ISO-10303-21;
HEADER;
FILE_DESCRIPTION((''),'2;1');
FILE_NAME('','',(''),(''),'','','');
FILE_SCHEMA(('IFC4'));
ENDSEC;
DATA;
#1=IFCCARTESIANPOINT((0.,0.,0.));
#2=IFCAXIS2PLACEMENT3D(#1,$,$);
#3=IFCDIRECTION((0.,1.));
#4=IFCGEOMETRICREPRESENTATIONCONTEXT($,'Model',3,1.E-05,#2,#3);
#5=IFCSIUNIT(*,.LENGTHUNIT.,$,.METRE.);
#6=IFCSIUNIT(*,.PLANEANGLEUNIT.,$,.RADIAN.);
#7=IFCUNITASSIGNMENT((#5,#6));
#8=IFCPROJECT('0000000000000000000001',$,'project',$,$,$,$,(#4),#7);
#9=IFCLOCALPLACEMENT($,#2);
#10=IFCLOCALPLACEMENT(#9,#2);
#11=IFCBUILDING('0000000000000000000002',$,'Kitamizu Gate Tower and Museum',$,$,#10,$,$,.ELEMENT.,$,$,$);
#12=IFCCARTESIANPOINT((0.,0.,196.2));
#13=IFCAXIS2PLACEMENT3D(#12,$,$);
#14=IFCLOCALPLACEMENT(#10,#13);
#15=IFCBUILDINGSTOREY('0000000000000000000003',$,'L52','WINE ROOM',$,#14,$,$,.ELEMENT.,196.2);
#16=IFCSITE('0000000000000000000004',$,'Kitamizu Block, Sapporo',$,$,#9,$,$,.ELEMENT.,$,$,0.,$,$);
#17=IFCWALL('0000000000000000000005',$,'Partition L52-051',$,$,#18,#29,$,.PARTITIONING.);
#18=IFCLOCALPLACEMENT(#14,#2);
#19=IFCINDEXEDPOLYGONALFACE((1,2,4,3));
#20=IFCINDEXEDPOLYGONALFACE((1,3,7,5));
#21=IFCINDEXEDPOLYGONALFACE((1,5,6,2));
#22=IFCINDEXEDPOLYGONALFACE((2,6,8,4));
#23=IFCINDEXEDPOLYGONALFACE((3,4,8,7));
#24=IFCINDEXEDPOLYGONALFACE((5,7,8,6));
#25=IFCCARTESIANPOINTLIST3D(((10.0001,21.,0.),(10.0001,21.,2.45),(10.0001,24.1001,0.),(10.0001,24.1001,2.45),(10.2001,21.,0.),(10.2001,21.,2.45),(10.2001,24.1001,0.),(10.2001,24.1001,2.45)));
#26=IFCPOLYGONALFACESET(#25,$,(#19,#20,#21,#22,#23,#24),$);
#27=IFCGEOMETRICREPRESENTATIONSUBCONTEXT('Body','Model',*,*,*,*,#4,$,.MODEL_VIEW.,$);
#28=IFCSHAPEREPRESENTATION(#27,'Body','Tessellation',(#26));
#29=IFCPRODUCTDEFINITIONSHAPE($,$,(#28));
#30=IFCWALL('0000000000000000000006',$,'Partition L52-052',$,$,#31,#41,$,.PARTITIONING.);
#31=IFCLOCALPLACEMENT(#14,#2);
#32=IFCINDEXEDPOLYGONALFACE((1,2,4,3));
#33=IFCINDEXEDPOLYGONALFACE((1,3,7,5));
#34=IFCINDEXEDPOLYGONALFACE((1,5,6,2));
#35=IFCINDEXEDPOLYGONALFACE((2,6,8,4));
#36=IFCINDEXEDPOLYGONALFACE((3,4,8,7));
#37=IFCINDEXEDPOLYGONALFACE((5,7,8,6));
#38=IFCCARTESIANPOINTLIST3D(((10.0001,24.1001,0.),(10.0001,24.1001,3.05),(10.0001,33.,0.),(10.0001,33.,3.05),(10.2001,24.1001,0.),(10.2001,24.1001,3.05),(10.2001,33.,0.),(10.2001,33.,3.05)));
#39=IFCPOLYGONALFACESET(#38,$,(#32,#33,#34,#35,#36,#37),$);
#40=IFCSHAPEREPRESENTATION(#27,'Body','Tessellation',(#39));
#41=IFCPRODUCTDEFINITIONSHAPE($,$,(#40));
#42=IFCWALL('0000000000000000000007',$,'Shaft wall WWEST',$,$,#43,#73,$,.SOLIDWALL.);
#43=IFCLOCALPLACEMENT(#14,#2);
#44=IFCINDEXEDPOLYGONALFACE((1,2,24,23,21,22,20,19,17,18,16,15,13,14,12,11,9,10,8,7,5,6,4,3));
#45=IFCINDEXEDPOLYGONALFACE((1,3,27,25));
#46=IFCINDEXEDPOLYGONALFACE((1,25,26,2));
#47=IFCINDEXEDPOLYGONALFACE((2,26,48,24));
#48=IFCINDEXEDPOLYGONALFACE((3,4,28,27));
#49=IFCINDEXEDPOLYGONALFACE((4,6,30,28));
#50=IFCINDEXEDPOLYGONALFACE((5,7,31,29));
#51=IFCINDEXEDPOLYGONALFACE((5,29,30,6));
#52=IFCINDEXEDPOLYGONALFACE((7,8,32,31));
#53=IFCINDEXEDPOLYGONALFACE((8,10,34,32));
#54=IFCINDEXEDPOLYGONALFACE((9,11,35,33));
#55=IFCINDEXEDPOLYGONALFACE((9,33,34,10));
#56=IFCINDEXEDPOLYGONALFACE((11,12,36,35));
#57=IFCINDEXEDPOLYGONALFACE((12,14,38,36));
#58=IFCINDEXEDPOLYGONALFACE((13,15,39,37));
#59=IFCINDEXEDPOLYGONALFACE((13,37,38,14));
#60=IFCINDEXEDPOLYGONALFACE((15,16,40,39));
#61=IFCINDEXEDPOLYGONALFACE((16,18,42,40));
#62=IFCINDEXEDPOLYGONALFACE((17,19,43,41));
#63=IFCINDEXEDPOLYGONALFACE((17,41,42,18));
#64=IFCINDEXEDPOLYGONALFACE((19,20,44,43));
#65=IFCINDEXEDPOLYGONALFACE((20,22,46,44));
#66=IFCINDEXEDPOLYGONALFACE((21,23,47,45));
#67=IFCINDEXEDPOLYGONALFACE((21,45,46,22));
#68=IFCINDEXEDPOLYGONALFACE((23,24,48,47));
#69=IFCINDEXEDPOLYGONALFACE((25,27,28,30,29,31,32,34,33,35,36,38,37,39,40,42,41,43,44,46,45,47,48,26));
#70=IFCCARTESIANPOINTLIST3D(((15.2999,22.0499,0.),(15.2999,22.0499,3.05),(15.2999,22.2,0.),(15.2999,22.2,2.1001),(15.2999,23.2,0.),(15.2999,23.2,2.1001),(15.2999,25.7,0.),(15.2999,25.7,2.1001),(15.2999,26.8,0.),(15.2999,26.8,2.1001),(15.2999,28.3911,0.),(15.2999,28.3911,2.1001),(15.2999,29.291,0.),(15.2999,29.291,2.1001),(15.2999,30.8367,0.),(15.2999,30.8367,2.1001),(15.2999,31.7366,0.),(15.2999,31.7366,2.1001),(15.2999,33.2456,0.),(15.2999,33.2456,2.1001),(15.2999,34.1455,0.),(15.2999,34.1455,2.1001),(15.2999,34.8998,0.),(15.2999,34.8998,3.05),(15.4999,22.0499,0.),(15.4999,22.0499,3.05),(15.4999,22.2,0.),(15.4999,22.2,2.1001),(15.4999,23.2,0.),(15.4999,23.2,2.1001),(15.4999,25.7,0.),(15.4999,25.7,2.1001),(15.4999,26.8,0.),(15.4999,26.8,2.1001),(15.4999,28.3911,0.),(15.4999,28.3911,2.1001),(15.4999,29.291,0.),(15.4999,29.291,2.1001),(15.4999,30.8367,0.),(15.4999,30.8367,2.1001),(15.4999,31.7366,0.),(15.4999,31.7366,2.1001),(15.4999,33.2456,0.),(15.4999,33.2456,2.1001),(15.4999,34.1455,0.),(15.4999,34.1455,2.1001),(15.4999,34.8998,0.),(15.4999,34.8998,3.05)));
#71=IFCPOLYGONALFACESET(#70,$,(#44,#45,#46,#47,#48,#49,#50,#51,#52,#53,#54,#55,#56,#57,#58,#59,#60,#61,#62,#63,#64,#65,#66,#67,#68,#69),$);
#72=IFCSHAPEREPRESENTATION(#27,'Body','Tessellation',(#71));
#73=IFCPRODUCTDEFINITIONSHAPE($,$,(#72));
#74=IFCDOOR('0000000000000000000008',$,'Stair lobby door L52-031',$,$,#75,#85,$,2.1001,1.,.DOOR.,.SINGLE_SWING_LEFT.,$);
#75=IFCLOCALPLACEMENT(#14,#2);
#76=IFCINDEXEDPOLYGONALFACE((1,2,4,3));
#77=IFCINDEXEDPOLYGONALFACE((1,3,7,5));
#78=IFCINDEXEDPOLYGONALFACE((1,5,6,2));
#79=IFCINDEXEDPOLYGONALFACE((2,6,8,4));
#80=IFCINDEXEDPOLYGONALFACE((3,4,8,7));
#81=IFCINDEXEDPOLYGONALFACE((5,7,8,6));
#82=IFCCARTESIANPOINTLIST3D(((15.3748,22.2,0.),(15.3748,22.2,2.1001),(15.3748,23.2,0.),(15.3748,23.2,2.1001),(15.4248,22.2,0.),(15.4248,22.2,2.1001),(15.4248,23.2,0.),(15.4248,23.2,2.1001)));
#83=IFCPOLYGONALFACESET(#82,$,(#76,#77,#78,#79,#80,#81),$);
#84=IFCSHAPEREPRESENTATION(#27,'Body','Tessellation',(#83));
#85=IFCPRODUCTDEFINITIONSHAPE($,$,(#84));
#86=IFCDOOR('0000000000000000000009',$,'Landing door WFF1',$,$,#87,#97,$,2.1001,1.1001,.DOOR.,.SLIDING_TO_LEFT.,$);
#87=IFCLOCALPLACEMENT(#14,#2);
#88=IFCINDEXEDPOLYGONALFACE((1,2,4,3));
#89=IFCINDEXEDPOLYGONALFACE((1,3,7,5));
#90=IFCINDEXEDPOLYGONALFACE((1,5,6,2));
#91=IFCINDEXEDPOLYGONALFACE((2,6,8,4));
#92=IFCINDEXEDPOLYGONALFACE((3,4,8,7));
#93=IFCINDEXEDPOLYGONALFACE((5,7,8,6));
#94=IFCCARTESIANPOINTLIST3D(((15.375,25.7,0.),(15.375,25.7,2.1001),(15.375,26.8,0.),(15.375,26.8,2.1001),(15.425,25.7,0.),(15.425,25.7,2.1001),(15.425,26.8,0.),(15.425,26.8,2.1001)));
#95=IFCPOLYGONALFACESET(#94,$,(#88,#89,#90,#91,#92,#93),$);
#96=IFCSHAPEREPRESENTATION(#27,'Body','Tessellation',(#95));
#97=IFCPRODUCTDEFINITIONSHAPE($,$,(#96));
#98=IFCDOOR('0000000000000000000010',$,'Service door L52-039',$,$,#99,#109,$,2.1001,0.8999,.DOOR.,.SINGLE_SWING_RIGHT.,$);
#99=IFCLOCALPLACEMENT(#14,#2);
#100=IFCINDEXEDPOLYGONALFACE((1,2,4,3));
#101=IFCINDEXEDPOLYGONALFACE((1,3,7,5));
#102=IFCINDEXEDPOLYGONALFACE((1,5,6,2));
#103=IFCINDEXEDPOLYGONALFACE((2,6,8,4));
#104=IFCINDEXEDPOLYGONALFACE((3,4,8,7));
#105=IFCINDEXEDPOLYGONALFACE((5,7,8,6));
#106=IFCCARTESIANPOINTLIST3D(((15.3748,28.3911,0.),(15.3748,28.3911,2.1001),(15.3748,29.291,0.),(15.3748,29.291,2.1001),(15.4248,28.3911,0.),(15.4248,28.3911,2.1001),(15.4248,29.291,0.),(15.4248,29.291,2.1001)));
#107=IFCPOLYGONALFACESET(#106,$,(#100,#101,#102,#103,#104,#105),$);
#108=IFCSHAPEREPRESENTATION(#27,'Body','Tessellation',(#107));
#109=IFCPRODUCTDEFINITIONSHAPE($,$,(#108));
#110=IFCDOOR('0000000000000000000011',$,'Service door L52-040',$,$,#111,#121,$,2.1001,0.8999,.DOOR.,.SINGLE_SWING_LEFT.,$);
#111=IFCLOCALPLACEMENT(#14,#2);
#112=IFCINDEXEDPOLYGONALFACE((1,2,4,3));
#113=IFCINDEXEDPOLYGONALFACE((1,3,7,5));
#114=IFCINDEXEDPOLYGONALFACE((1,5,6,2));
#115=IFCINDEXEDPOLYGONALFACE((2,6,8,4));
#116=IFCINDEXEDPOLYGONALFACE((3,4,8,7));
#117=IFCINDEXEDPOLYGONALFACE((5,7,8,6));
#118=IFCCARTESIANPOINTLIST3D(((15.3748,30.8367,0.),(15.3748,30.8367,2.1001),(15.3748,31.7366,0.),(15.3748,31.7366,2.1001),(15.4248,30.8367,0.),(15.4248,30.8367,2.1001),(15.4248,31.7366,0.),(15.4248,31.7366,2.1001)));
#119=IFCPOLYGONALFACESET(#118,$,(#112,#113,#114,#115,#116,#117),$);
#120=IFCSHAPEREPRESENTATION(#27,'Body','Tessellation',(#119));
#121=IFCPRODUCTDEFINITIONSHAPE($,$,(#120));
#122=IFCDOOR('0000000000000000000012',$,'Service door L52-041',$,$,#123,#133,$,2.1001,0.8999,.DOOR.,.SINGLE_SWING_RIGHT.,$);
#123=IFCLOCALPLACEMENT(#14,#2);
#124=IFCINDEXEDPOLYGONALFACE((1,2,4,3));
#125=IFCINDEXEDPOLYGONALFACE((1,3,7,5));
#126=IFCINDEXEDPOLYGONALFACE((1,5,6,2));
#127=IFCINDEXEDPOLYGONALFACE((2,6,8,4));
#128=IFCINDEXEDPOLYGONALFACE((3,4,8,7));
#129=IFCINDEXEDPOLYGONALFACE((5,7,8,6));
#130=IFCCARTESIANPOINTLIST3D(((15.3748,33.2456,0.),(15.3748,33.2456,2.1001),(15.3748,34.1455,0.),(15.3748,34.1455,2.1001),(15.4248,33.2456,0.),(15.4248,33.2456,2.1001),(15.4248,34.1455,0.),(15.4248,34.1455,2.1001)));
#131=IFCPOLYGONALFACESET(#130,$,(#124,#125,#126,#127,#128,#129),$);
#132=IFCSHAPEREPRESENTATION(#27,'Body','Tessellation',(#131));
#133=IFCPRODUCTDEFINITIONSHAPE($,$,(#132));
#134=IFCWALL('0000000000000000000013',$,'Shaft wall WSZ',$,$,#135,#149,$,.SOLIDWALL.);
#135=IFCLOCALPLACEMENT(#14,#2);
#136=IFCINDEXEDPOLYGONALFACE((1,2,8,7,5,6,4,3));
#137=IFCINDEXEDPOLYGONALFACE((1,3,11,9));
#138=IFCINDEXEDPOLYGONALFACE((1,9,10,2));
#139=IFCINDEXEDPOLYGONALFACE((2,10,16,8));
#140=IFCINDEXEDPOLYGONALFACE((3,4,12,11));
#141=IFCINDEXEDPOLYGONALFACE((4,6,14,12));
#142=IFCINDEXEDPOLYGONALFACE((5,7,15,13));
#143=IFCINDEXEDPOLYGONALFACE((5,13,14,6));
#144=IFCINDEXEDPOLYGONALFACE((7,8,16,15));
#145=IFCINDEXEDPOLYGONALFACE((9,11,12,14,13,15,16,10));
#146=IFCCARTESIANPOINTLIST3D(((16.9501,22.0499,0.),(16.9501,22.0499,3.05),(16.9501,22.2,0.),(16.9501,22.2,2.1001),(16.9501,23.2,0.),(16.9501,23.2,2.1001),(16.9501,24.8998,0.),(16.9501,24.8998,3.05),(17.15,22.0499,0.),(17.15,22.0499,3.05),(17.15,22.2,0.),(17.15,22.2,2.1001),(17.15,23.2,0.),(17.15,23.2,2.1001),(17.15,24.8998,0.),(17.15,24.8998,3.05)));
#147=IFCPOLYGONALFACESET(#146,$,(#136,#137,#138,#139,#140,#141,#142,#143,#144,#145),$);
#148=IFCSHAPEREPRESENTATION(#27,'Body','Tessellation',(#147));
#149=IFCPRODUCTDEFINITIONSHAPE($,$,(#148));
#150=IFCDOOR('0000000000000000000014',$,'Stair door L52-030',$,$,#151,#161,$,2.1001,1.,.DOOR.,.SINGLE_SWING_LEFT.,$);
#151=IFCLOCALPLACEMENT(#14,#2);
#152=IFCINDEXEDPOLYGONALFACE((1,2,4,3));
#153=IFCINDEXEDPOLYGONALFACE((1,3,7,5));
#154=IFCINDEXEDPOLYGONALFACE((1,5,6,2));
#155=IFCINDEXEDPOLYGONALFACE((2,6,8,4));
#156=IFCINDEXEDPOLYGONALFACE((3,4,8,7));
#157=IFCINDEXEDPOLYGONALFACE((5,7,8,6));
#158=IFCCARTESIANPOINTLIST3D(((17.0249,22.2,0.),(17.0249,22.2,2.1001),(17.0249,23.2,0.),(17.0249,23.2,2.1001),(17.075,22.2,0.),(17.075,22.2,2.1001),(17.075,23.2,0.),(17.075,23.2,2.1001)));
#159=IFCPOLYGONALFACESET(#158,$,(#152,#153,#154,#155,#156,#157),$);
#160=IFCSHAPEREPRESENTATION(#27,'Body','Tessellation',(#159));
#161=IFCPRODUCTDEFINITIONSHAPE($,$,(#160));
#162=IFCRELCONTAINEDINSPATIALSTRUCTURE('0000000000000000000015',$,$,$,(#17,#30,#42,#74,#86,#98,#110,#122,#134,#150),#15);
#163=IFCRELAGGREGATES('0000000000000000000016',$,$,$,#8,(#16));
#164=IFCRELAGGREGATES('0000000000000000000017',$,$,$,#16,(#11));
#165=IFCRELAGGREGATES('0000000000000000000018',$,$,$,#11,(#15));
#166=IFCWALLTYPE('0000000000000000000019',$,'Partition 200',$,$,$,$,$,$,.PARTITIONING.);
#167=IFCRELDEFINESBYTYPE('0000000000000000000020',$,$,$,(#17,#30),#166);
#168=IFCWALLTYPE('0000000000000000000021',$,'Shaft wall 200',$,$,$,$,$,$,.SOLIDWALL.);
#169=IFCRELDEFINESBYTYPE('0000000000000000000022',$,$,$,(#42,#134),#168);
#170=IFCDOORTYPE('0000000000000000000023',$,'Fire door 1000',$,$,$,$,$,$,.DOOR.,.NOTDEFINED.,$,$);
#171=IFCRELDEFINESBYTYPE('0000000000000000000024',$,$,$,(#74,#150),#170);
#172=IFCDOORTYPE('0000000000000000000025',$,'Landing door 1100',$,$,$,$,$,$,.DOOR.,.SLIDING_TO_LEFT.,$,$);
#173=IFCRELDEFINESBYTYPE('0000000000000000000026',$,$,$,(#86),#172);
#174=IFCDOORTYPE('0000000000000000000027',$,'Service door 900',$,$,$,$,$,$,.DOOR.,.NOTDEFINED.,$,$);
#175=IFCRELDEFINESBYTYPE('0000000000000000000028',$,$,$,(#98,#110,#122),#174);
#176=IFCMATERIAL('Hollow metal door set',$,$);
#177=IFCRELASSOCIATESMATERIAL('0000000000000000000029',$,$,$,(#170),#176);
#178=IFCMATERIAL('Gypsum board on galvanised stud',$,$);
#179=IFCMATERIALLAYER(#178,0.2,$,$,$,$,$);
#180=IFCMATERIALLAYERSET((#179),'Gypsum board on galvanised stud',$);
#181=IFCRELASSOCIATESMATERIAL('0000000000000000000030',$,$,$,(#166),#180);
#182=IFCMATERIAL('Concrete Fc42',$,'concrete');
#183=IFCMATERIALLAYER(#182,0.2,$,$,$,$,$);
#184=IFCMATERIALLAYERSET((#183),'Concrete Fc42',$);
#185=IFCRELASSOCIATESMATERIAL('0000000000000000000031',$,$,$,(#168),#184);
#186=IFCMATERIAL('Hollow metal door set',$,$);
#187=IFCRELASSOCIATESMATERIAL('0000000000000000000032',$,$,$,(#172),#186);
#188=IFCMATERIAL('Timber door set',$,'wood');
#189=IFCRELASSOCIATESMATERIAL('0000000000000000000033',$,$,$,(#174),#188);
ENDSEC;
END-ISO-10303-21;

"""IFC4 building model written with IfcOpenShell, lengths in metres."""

from ifc_helpers import new_model, si_unit, direction, frame, frame_2d, origin, place, context, subcontext, project, spatial, rectangle, extrude, material, layer, layer_set, type_object, element, fill, save


model = new_model("IFC4")

# Units and contexts
model_context = context("Model", 3, precision=1e-05, world=origin(), true_north=direction((0.0, 1.0)))
body_context = subcontext(model_context, "Body", "Model", "MODEL_VIEW")
ifc_project = project(units=[si_unit("LENGTHUNIT", "METRE"), si_unit("PLANEANGLEUNIT", "RADIAN")], contexts=[model_context])

# Site, building, storey
site_placement = place(None, origin())
site = spatial("IfcSite", under=ifc_project, at=site_placement, Name="Kitamizu Block, Sapporo", CompositionType="ELEMENT", RefElevation=0.0)
building_placement = place(site_placement, origin())
building = spatial("IfcBuilding", under=site, at=building_placement, Name="Kitamizu Gate Tower and Museum", CompositionType="ELEMENT")
storey_placement = place(building_placement, frame((0.0, 0.0, 196.2)))
storey = spatial("IfcBuildingStorey", under=building, at=storey_placement, Name="L52", Description="WINE ROOM", CompositionType="ELEMENT", Elevation=196.2)

# Shared definitions
ifc_material_1 = material(Name="Hollow metal door set")
door_type_1 = type_object("IfcDoorType", Name="Fire door 1000", OperationType="NOTDEFINED", PredefinedType="DOOR", material=ifc_material_1)

# Walls
ifc_material_2 = material(Name="Gypsum board on galvanised stud")
ifc_layer_1 = layer(ifc_material_2, 0.2)
ifc_layer_set_1 = layer_set([ifc_layer_1], Name="Gypsum board on galvanised stud")
wall_type_1 = type_object("IfcWallType", Name="Partition 200", PredefinedType="PARTITIONING", material=ifc_layer_set_1)
wall_1_placement = place(storey_placement, frame((10.1001, 21.0, 0.0), z_axis=(0.0, 0.0, 1.0), x_axis=(0.0, 1.0, 0.0)))
element("IfcWall", 1, at=wall_1_placement, inside=storey, type_object=wall_type_1, Name="Partition L52-051", PredefinedType="PARTITIONING", context=body_context, shape_type="SweptSolid", body=[
    extrude(rectangle(XDim=3.1001, YDim=0.2, at=frame_2d((1.55, 0.0))), origin(), (0.0, 0.0, 1.0), 2.45),
])
wall_2_placement = place(storey_placement, frame((10.1001, 24.1001, 0.0), z_axis=(0.0, 0.0, 1.0), x_axis=(0.0, 1.0, 0.0)))
element("IfcWall", 2, at=wall_2_placement, inside=storey, type_object=wall_type_1, Name="Partition L52-052", PredefinedType="PARTITIONING", context=body_context, shape_type="SweptSolid", body=[
    extrude(rectangle(XDim=8.8999, YDim=0.2, at=frame_2d((4.45, 0.0))), origin(), (0.0, 0.0, 1.0), 3.05),
])

# Wall, openings, doors
ifc_material_3 = material(Name="Concrete Fc42", Category="concrete")
ifc_layer_2 = layer(ifc_material_3, 0.2)
ifc_layer_set_2 = layer_set([ifc_layer_2], Name="Concrete Fc42")
wall_type_2 = type_object("IfcWallType", Name="Shaft wall 200", PredefinedType="SOLIDWALL", material=ifc_layer_set_2)
wall_3_placement = place(storey_placement, frame((15.3999, 22.05, 0.0), z_axis=(0.0, 0.0, 1.0), x_axis=(0.0, 1.0, 0.0)))
wall_3 = element("IfcWall", 3, at=wall_3_placement, inside=storey, type_object=wall_type_2, Name="Shaft wall WWEST", PredefinedType="SOLIDWALL", context=body_context, shape_type="SweptSolid", body=[
    extrude(rectangle(XDim=12.8499, YDim=0.2, at=frame_2d((6.4248, 0.0))), origin(), (0.0, 0.0, 1.0), 3.05),
])
opening_1_placement = place(wall_3_placement, frame((3.6499, 0.0, 0.0)))
opening_1 = element("IfcOpeningElement", 4, at=opening_1_placement, cuts=wall_3, PredefinedType="OPENING", context=body_context, shape_type="SweptSolid", body=[
    extrude(rectangle(XDim=1.1001, YDim=2.1001, at=frame_2d((0.55, 1.05))), frame((0.0, 0.1099, 0.0), z_axis=(0.0, -1.0, 0.0), x_axis=(1.0, 0.0, 0.0)), (0.0, 0.0, 1.0), 0.22),
])
opening_2_placement = place(wall_3_placement, frame((0.1499, 0.0, 0.0)))
opening_2 = element("IfcOpeningElement", 5, at=opening_2_placement, cuts=wall_3, PredefinedType="OPENING", context=body_context, shape_type="SweptSolid", body=[
    extrude(rectangle(XDim=1.0, YDim=2.1001, at=frame_2d((0.5, 1.05))), frame((0.0, 0.1099, 0.0), z_axis=(0.0, -1.0, 0.0), x_axis=(1.0, 0.0, 0.0)), (0.0, 0.0, 1.0), 0.22),
])
opening_3_placement = place(wall_3_placement, frame((6.3411, 0.0, 0.0)))
opening_3 = element("IfcOpeningElement", 6, at=opening_3_placement, cuts=wall_3, PredefinedType="OPENING", context=body_context, shape_type="SweptSolid", body=[
    extrude(rectangle(XDim=0.8999, YDim=2.1001, at=frame_2d((0.45, 1.05))), frame((0.0, 0.1099, 0.0), z_axis=(0.0, -1.0, 0.0), x_axis=(1.0, 0.0, 0.0)), (0.0, 0.0, 1.0), 0.22),
])
opening_4_placement = place(wall_3_placement, frame((8.7866, 0.0, 0.0)))
opening_4 = element("IfcOpeningElement", 7, at=opening_4_placement, cuts=wall_3, PredefinedType="OPENING", context=body_context, shape_type="SweptSolid", body=[
    extrude(rectangle(XDim=0.8999, YDim=2.1001, at=frame_2d((0.45, 1.05))), frame((0.0, 0.1099, 0.0), z_axis=(0.0, -1.0, 0.0), x_axis=(1.0, 0.0, 0.0)), (0.0, 0.0, 1.0), 0.22),
])
opening_5_placement = place(wall_3_placement, frame((11.1956, 0.0, 0.0)))
opening_5 = element("IfcOpeningElement", 8, at=opening_5_placement, cuts=wall_3, PredefinedType="OPENING", context=body_context, shape_type="SweptSolid", body=[
    extrude(rectangle(XDim=0.8999, YDim=2.1001, at=frame_2d((0.45, 1.05))), frame((0.0, 0.1099, 0.0), z_axis=(0.0, -1.0, 0.0), x_axis=(1.0, 0.0, 0.0)), (0.0, 0.0, 1.0), 0.22),
])
door_1_placement = place(opening_2_placement, frame((1.0, 0.0, 0.0), x_axis=(-1.0, 0.0, 0.0)))
door_1 = element("IfcDoor", 9, at=door_1_placement, inside=storey, type_object=door_type_1, Name="Stair lobby door L52-031", OperationType="SINGLE_SWING_LEFT", OverallHeight=2.1001, OverallWidth=1.0, PredefinedType="DOOR", context=body_context, shape_type="SweptSolid", body=[
    extrude(rectangle(XDim=1.0, YDim=2.1001, at=frame_2d((0.5, 1.05))), frame((0.0, 0.0249, 0.0), z_axis=(0.0, -1.0, 0.0), x_axis=(1.0, 0.0, 0.0)), (0.0, 0.0, 1.0), 0.05),
])
fill(opening_2, door_1)
ifc_material_4 = material(Name="Hollow metal door set")
door_type_2 = type_object("IfcDoorType", Name="Landing door 1100", OperationType="SLIDING_TO_LEFT", PredefinedType="DOOR", material=ifc_material_4)
door_2_placement = place(opening_1_placement, origin())
door_2 = element("IfcDoor", 10, at=door_2_placement, inside=storey, type_object=door_type_2, Name="Landing door WFF1", OperationType="SLIDING_TO_LEFT", OverallHeight=2.1001, OverallWidth=1.1001, PredefinedType="DOOR", context=body_context, shape_type="SweptSolid", body=[
    extrude(rectangle(XDim=1.1001, YDim=2.1001, at=frame_2d((0.55, 1.05))), frame((0.0, 0.0249, 0.0), z_axis=(0.0, -1.0, 0.0), x_axis=(1.0, 0.0, 0.0)), (0.0, 0.0, 1.0), 0.05),
])
fill(opening_1, door_2)
ifc_material_5 = material(Name="Timber door set", Category="wood")
door_type_3 = type_object("IfcDoorType", Name="Service door 900", OperationType="NOTDEFINED", PredefinedType="DOOR", material=ifc_material_5)
door_3_placement = place(opening_3_placement, frame((0.8999, 0.0, 0.0), x_axis=(-1.0, 0.0, 0.0)))
door_3 = element("IfcDoor", 11, at=door_3_placement, inside=storey, type_object=door_type_3, Name="Service door L52-039", OperationType="SINGLE_SWING_RIGHT", OverallHeight=2.1001, OverallWidth=0.8999, PredefinedType="DOOR", context=body_context, shape_type="SweptSolid", body=[
    extrude(rectangle(XDim=0.8999, YDim=2.1001, at=frame_2d((0.45, 1.05))), frame((0.0, 0.0249, 0.0), z_axis=(0.0, -1.0, 0.0), x_axis=(1.0, 0.0, 0.0)), (0.0, 0.0, 1.0), 0.05),
])
fill(opening_3, door_3)
door_4_placement = place(opening_4_placement, frame((0.8999, 0.0, 0.0), x_axis=(-1.0, 0.0, 0.0)))
door_4 = element("IfcDoor", 12, at=door_4_placement, inside=storey, type_object=door_type_3, Name="Service door L52-040", OperationType="SINGLE_SWING_LEFT", OverallHeight=2.1001, OverallWidth=0.8999, PredefinedType="DOOR", context=body_context, shape_type="SweptSolid", body=[
    extrude(rectangle(XDim=0.8999, YDim=2.1001, at=frame_2d((0.45, 1.05))), frame((0.0, 0.0249, 0.0), z_axis=(0.0, -1.0, 0.0), x_axis=(1.0, 0.0, 0.0)), (0.0, 0.0, 1.0), 0.05),
])
fill(opening_4, door_4)
door_5_placement = place(opening_5_placement, frame((0.8999, 0.0, 0.0), x_axis=(-1.0, 0.0, 0.0)))
door_5 = element("IfcDoor", 13, at=door_5_placement, inside=storey, type_object=door_type_3, Name="Service door L52-041", OperationType="SINGLE_SWING_RIGHT", OverallHeight=2.1001, OverallWidth=0.8999, PredefinedType="DOOR", context=body_context, shape_type="SweptSolid", body=[
    extrude(rectangle(XDim=0.8999, YDim=2.1001, at=frame_2d((0.45, 1.05))), frame((0.0, 0.0249, 0.0), z_axis=(0.0, -1.0, 0.0), x_axis=(1.0, 0.0, 0.0)), (0.0, 0.0, 1.0), 0.05),
])
fill(opening_5, door_5)

# Wall, opening, door
wall_4_placement = place(storey_placement, frame((17.05, 22.05, 0.0), z_axis=(0.0, 0.0, 1.0), x_axis=(0.0, 1.0, 0.0)))
wall_4 = element("IfcWall", 14, at=wall_4_placement, inside=storey, type_object=wall_type_2, Name="Shaft wall WSZ", PredefinedType="SOLIDWALL", context=body_context, shape_type="SweptSolid", body=[
    extrude(rectangle(XDim=2.8499, YDim=0.2, at=frame_2d((1.4248, 0.0))), origin(), (0.0, 0.0, 1.0), 3.05),
])
opening_6_placement = place(wall_4_placement, frame((0.1499, 0.0, 0.0)))
opening_6 = element("IfcOpeningElement", 15, at=opening_6_placement, cuts=wall_4, PredefinedType="OPENING", context=body_context, shape_type="SweptSolid", body=[
    extrude(rectangle(XDim=1.0, YDim=2.1001, at=frame_2d((0.5, 1.05))), frame((0.0, 0.1099, 0.0), z_axis=(0.0, -1.0, 0.0), x_axis=(1.0, 0.0, 0.0)), (0.0, 0.0, 1.0), 0.22),
])
door_6_placement = place(opening_6_placement, frame((1.0, 0.0, 0.0), x_axis=(-1.0, 0.0, 0.0)))
door_6 = element("IfcDoor", 16, at=door_6_placement, inside=storey, type_object=door_type_1, Name="Stair door L52-030", OperationType="SINGLE_SWING_LEFT", OverallHeight=2.1001, OverallWidth=1.0, PredefinedType="DOOR", context=body_context, shape_type="SweptSolid", body=[
    extrude(rectangle(XDim=1.0, YDim=2.1001, at=frame_2d((0.5, 1.05))), frame((0.0, 0.0249, 0.0), z_axis=(0.0, -1.0, 0.0), x_axis=(1.0, 0.0, 0.0)), (0.0, 0.0, 1.0), 0.05),
])
fill(opening_6, door_6)

save(model, "model.ifc")
